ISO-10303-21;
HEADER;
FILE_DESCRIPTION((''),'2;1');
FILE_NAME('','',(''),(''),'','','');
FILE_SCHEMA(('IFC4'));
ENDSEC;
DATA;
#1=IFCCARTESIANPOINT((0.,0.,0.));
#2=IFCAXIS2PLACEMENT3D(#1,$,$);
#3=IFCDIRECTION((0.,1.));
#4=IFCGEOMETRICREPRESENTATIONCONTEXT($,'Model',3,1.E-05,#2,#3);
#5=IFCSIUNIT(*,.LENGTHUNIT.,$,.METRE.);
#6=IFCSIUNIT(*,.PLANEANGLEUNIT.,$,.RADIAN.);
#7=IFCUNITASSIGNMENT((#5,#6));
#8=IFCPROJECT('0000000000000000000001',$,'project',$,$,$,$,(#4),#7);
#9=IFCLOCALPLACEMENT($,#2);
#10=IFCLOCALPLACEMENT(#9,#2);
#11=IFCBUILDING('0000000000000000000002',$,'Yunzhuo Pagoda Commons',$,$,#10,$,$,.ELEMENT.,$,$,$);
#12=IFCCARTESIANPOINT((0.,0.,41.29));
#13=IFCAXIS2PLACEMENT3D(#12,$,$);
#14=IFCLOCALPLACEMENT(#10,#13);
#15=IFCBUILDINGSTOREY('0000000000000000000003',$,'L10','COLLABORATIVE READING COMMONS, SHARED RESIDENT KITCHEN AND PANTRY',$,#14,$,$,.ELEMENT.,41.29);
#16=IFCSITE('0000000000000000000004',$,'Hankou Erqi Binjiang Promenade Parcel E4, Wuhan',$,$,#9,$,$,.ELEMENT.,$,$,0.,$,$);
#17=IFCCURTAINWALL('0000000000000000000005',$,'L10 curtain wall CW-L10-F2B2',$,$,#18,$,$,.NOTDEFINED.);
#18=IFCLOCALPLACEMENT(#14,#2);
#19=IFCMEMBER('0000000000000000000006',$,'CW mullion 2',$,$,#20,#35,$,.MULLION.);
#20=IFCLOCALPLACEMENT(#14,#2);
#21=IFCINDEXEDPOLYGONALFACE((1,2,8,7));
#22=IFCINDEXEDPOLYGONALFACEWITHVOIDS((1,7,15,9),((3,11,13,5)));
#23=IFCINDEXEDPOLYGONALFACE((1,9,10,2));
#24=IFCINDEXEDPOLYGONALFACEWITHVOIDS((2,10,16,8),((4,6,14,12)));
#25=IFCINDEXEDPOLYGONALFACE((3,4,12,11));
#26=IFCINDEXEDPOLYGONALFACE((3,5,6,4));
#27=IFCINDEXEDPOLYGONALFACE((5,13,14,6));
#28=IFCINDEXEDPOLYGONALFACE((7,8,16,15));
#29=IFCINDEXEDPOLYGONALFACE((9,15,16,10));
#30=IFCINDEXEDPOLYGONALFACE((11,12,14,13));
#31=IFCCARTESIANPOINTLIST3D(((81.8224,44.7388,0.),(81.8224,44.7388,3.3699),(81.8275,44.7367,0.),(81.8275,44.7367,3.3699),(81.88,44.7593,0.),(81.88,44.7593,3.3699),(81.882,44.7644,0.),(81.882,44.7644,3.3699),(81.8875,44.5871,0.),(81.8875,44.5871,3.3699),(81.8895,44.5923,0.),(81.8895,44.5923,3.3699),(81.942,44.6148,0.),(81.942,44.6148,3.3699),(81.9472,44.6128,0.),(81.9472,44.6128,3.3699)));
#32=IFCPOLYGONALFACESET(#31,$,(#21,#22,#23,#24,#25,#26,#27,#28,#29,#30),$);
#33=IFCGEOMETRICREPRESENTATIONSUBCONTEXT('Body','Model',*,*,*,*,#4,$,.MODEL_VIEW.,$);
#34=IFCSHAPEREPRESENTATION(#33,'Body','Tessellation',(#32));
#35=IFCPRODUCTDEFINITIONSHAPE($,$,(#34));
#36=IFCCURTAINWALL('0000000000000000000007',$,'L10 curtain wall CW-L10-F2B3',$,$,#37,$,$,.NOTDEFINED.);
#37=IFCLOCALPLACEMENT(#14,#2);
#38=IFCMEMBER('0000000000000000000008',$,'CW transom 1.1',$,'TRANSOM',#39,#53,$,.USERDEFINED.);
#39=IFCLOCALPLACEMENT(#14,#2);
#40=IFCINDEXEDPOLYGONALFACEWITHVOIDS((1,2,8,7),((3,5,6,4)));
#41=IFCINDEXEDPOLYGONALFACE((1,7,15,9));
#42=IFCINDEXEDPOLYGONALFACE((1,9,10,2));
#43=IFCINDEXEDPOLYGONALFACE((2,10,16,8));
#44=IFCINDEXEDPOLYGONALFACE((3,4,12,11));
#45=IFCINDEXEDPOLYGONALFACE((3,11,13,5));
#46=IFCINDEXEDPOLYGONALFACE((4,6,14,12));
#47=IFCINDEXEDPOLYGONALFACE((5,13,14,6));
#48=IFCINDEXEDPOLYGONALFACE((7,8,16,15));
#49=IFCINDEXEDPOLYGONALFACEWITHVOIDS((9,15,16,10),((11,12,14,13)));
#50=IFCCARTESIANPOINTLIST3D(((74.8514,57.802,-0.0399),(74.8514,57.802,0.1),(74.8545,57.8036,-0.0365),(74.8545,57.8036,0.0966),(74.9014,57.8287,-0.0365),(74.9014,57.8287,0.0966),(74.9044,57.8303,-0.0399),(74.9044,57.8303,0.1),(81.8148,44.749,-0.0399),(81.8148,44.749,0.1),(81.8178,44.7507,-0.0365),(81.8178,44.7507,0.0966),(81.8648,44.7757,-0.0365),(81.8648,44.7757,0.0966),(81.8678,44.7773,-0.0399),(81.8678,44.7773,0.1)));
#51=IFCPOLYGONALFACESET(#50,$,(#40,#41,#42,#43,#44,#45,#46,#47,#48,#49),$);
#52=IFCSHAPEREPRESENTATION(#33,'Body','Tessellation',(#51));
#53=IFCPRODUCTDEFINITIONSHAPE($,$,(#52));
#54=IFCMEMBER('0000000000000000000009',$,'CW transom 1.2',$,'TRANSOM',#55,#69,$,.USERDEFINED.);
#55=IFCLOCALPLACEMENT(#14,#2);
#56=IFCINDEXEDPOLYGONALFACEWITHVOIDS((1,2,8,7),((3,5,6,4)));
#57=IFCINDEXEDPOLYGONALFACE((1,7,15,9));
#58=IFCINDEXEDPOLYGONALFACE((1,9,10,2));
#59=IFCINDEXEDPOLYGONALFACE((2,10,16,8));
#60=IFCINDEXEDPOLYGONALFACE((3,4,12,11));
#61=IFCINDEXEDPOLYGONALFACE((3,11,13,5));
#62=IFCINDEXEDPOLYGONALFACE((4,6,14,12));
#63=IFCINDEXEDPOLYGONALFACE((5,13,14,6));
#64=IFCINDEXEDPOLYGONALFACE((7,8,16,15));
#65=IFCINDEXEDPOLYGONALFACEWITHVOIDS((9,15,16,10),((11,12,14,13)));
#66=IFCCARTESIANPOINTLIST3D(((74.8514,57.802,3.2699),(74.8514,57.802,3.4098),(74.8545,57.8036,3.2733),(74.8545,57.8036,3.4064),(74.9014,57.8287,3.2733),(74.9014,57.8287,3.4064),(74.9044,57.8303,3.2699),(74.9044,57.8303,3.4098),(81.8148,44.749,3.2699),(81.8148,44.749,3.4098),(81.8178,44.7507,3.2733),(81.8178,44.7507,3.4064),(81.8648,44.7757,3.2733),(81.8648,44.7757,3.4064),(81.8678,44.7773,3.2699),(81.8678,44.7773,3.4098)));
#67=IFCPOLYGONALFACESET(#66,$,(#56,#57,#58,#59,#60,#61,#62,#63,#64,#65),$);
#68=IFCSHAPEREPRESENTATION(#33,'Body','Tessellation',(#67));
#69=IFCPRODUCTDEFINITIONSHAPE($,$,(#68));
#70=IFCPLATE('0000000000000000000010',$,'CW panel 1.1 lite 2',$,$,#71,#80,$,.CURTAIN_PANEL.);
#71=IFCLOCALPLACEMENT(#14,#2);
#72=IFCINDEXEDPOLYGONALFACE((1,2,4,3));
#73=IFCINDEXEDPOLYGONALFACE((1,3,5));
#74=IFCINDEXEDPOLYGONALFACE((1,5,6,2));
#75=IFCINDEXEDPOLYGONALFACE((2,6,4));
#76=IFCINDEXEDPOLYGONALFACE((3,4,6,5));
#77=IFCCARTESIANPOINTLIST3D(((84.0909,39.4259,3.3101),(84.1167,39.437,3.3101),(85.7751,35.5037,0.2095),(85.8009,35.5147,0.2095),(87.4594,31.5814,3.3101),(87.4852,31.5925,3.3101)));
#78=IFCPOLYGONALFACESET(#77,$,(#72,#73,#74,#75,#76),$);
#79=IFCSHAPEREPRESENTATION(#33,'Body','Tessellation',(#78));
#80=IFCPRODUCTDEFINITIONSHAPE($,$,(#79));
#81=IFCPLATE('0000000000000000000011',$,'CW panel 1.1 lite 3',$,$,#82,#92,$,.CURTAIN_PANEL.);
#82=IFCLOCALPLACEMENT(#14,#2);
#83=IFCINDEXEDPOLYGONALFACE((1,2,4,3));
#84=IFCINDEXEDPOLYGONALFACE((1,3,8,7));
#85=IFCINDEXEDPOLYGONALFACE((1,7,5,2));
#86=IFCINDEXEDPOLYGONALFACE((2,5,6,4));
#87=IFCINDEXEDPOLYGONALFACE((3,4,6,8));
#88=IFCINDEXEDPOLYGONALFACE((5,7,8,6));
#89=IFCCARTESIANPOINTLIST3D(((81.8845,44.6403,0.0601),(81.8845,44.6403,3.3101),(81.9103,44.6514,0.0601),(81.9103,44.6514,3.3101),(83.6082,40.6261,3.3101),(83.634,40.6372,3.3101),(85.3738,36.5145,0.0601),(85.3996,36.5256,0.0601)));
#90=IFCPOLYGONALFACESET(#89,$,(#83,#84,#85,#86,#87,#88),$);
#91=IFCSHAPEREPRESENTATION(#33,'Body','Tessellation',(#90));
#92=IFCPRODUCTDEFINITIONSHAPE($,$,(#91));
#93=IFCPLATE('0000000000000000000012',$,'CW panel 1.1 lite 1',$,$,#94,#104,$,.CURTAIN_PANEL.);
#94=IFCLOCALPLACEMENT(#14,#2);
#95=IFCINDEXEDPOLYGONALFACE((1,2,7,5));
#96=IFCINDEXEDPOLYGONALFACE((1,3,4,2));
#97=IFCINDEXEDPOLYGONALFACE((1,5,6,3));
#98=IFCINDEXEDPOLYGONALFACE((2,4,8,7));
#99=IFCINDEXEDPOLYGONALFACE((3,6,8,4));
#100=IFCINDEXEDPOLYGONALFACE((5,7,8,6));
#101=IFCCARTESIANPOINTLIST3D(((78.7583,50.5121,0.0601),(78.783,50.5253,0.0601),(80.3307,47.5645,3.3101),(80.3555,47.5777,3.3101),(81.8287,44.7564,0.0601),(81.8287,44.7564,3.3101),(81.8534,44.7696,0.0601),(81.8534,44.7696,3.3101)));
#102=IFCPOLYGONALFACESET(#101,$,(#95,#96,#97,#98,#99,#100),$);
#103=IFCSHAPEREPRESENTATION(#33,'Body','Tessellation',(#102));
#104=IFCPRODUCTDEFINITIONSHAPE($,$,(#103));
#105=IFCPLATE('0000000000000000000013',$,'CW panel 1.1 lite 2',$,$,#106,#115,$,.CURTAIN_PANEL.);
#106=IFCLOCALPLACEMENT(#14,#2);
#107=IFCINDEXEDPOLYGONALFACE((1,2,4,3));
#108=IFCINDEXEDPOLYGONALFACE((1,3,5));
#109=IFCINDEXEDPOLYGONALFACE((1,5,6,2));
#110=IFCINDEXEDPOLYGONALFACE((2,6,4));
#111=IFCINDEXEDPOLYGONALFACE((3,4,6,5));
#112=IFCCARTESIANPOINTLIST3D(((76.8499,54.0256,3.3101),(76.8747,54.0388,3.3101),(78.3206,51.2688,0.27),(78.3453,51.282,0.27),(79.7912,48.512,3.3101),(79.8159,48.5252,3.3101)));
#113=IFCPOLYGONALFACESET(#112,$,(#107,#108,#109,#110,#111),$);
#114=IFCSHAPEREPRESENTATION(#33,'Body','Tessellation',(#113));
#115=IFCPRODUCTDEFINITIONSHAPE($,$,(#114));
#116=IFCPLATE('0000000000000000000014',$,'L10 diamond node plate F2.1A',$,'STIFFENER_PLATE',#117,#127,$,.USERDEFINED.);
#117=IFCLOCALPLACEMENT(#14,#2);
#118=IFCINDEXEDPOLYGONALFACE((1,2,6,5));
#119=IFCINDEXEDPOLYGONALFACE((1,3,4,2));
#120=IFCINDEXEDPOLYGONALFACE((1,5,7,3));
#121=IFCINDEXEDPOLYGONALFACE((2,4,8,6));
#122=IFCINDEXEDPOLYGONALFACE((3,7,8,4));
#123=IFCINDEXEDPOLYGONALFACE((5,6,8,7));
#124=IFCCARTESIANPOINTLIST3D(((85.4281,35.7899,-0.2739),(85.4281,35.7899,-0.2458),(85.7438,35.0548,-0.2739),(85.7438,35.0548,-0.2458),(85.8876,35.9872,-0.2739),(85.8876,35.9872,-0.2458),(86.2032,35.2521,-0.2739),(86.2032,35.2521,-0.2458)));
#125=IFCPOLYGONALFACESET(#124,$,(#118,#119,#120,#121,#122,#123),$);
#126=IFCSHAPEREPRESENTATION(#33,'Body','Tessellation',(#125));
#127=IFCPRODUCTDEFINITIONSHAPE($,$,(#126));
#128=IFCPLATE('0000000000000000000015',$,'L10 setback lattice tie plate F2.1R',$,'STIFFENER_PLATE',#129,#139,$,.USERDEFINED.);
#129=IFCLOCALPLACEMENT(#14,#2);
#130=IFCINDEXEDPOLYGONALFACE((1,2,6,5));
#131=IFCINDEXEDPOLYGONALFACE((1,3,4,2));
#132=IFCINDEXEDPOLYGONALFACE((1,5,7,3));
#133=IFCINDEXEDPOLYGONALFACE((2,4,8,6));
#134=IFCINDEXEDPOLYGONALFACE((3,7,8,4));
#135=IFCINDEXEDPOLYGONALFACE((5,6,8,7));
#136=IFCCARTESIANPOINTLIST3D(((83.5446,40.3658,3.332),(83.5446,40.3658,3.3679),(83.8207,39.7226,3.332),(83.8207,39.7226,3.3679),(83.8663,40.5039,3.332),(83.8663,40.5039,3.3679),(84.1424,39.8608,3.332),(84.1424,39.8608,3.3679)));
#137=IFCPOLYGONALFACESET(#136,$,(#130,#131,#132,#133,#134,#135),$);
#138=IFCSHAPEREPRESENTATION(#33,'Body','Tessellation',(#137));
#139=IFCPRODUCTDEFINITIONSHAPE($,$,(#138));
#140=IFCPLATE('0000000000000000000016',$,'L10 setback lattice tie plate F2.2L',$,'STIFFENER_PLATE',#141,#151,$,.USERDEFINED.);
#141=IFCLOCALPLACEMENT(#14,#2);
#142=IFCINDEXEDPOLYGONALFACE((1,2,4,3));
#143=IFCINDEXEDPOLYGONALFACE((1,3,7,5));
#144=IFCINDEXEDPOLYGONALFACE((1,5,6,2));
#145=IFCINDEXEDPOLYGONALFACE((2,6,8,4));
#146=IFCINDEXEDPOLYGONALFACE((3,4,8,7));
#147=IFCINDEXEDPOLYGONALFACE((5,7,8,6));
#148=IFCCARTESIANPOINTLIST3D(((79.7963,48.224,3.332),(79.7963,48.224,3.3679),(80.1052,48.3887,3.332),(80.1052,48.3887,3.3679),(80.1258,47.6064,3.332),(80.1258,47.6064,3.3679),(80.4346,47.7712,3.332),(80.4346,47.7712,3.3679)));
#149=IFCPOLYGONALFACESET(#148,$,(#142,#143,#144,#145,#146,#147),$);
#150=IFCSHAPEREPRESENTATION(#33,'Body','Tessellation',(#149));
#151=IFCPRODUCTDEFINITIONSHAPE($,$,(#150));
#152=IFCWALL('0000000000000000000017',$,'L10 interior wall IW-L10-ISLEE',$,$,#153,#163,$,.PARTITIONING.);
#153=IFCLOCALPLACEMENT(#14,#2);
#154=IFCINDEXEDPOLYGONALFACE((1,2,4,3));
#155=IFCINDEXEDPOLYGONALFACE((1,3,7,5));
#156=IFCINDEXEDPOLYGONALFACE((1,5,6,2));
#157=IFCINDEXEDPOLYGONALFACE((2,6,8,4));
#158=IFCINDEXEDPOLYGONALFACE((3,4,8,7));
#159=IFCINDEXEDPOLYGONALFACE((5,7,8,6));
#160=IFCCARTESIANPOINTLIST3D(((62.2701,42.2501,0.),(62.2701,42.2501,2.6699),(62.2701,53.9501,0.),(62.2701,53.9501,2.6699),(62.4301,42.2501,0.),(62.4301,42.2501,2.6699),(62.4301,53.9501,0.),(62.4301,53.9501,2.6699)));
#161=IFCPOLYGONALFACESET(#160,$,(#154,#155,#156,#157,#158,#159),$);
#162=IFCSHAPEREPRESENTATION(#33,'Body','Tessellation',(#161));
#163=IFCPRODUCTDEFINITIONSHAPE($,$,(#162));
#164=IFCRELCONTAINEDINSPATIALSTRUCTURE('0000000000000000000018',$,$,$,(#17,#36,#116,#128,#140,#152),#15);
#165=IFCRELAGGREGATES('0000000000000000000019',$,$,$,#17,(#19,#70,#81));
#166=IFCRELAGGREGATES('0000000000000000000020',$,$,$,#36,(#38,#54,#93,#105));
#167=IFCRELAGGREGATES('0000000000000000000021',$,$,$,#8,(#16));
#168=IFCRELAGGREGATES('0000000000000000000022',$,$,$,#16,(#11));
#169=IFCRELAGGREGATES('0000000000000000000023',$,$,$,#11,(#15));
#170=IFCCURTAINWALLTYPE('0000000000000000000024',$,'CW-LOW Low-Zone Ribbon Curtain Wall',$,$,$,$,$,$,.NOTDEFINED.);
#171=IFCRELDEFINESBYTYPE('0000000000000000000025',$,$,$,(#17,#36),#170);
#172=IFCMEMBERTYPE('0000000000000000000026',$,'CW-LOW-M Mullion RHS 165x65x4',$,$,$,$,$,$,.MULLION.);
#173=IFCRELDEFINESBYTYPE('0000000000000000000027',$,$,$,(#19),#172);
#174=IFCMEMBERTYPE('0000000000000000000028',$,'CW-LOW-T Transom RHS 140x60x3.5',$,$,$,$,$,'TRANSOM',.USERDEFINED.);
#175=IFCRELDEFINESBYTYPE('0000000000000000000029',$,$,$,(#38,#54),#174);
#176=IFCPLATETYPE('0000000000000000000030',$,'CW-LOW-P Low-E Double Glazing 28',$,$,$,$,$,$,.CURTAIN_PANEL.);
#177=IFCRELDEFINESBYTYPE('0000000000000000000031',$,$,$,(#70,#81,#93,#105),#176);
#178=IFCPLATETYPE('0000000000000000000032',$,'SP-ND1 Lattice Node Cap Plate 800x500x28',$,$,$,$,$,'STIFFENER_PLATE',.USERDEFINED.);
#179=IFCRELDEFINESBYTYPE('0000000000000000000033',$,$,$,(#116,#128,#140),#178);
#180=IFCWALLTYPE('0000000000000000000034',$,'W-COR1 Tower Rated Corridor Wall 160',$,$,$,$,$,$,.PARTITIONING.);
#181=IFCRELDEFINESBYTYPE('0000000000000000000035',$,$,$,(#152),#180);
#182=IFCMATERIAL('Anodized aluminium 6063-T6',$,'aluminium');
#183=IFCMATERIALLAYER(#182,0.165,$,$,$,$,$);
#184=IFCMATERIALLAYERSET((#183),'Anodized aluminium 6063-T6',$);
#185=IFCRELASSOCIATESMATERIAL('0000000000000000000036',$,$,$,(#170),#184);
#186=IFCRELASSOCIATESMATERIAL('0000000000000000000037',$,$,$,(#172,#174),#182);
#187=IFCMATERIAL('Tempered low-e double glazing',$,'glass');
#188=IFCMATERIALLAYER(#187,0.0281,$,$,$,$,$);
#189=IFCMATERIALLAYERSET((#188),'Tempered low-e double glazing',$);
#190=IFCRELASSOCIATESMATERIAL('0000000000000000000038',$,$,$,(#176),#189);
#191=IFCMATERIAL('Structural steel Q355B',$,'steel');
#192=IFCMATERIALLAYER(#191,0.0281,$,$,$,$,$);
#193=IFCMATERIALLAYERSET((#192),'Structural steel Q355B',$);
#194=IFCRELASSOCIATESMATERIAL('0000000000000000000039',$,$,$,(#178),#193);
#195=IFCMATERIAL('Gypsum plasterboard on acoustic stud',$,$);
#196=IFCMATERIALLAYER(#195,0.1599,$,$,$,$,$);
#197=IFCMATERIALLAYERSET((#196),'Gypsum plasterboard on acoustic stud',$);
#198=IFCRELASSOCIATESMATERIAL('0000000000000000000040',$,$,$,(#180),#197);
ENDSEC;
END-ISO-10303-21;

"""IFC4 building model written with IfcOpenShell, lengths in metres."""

from ifc_helpers import new_model, si_unit, direction, frame, frame_2d, origin, origin_2d, place, context, subcontext, project, spatial, polyline, rectangle, hollow_rectangle, outline, extrude, source, transform, mapped, material, layer, layer_set, material_profile, profile_set, type_object, element, aggregate, save


model = new_model("IFC4")

# Units and contexts
model_context = context("Model", 3, precision=1e-05, world=origin(), true_north=direction((0.0, 1.0)))
body_context = subcontext(model_context, "Body", "Model", "MODEL_VIEW")
ifc_project = project(units=[si_unit("LENGTHUNIT", "METRE"), si_unit("PLANEANGLEUNIT", "RADIAN")], contexts=[model_context])

# Site, building, storey
site_placement = place(None, origin())
site = spatial("IfcSite", under=ifc_project, at=site_placement, Name="Hankou Erqi Binjiang Promenade Parcel E4, Wuhan", CompositionType="ELEMENT", RefElevation=0.0)
building_placement = place(site_placement, origin())
building = spatial("IfcBuilding", under=site, at=building_placement, Name="Yunzhuo Pagoda Commons", CompositionType="ELEMENT")
storey_placement = place(building_placement, frame((0.0, 0.0, 41.29)))
storey = spatial("IfcBuildingStorey", under=building, at=storey_placement, Name="L10", Description="COLLABORATIVE READING COMMONS, SHARED RESIDENT KITCHEN AND PANTRY", CompositionType="ELEMENT", Elevation=41.29)

# Shared definitions
ifc_material_1 = material(Name="Structural steel Q355B", Category="steel")

# Curtain wall, member
ifc_material_2 = material(Name="Anodized aluminium 6063-T6", Category="aluminium")
ifc_layer_1 = layer(ifc_material_2, 0.165)
ifc_layer_set_1 = layer_set([ifc_layer_1], Name="Anodized aluminium 6063-T6")
curtain_wall_type = type_object("IfcCurtainWallType", Name="CW-LOW Low-Zone Ribbon Curtain Wall", PredefinedType="NOTDEFINED", material=ifc_layer_set_1)
curtain_wall_1_placement = place(storey_placement, origin())
curtain_wall_1 = element("IfcCurtainWall", 1, at=curtain_wall_1_placement, inside=storey, type_object=curtain_wall_type, Name="L10 curtain wall CW-L10-F2B2", PredefinedType="NOTDEFINED")
ifc_material_profile_1 = material_profile(ifc_material_2, hollow_rectangle(XDim=0.0649, YDim=0.165, WallThickness=0.0039, at=origin_2d()), Name="Anodized aluminium 6063-T6")
ifc_profile_set_1 = profile_set([ifc_material_profile_1], Name="Anodized aluminium 6063-T6")
member_type_1 = type_object("IfcMemberType", Name="CW-LOW-M Mullion RHS 165x65x4", PredefinedType="MULLION", material=ifc_profile_set_1)
shared_shape_1 = source(origin(), body_context, "Body", "SweptSolid", [
    extrude(hollow_rectangle(XDim=0.0649, YDim=0.165, WallThickness=0.0039, at=origin_2d()), origin(), (0.0, 0.0, 1.0), 3.3699),
])
member_1_placement = place(storey_placement, frame((81.8848, 44.6758, 0.0), z_axis=(0.0, 0.0, 1.0), x_axis=(-0.918866, -0.394571, 0.0)))
member_1 = element("IfcMember", 2, at=member_1_placement, type_object=member_type_1, Name="CW mullion 2", PredefinedType="MULLION", context=body_context, shape_type="MappedRepresentation", body=[
    mapped(shared_shape_1, transform((0.0, 0.0, 0.0), scale=1.0)),
])

# Curtain wall, members
curtain_wall_2_placement = place(storey_placement, origin())
curtain_wall_2 = element("IfcCurtainWall", 3, at=curtain_wall_2_placement, inside=storey, type_object=curtain_wall_type, Name="L10 curtain wall CW-L10-F2B3", PredefinedType="NOTDEFINED")
ifc_material_profile_2 = material_profile(ifc_material_2, hollow_rectangle(XDim=0.0601, YDim=0.1399, WallThickness=0.0034, at=origin_2d()), Name="Anodized aluminium 6063-T6")
ifc_profile_set_2 = profile_set([ifc_material_profile_2], Name="Anodized aluminium 6063-T6")
member_type_2 = type_object("IfcMemberType", Name="CW-LOW-T Transom RHS 140x60x3.5", ElementType="TRANSOM", PredefinedType="USERDEFINED", material=ifc_profile_set_2)
shared_shape_2 = source(origin(), body_context, "Body", "SweptSolid", [
    extrude(hollow_rectangle(XDim=0.0601, YDim=0.1399, WallThickness=0.0034, at=origin_2d()), origin(), (0.0, 0.0, 1.0), 14.7942),
])
member_2_placement = place(storey_placement, frame((81.8413, 44.7632, 0.03), z_axis=(-0.470682, 0.882303, 0.0), x_axis=(-0.882303, -0.470682, 0.0)))
member_2 = element("IfcMember", 4, at=member_2_placement, type_object=member_type_2, Name="CW transom 1.1", ObjectType="TRANSOM", PredefinedType="USERDEFINED", context=body_context, shape_type="MappedRepresentation", body=[
    mapped(shared_shape_2, transform((0.0, 0.0, 0.0), scale=1.0)),
])
member_3_placement = place(storey_placement, frame((81.8413, 44.7632, 3.3398), z_axis=(-0.470682, 0.882303, 0.0), x_axis=(-0.882303, -0.470682, 0.0)))
member_3 = element("IfcMember", 5, at=member_3_placement, type_object=member_type_2, Name="CW transom 1.2", ObjectType="TRANSOM", PredefinedType="USERDEFINED", context=body_context, shape_type="MappedRepresentation", body=[
    mapped(shared_shape_2, transform((0.0, 0.0, 0.0), scale=1.0)),
])

# Plates
ifc_material_3 = material(Name="Tempered low-e double glazing", Category="glass")
ifc_layer_2 = layer(ifc_material_3, 0.0281)
ifc_layer_set_2 = layer_set([ifc_layer_2], Name="Tempered low-e double glazing")
plate_type_1 = type_object("IfcPlateType", Name="CW-LOW-P Low-E Double Glazing 28", PredefinedType="CURTAIN_PANEL", material=ifc_layer_set_2)
plate_1_placement = place(storey_placement, frame((85.7751, 35.5037, 1.7598), z_axis=(0.918866, 0.394571, 0.0), x_axis=(-0.394571, 0.918866, 0.0)))
plate_1 = element("IfcPlate", 6, at=plate_1_placement, type_object=plate_type_1, Name="CW panel 1.1 lite 2", PredefinedType="CURTAIN_PANEL", context=body_context, shape_type="SweptSolid", body=[
    extrude(outline(polyline([(-4.2686, 1.5503), (0.0, -1.5503), (4.2686, 1.5503), (-4.2686, 1.5503)])), origin(), (0.0, 0.0, 1.0), 0.0281),
])
plate_2_placement = place(storey_placement, frame((83.6292, 40.5774, 1.6851), z_axis=(0.918866, 0.394571, 0.0), x_axis=(-0.394571, 0.918866, 0.0)))
plate_2 = element("IfcPlate", 7, at=plate_2_placement, type_object=plate_type_1, Name="CW panel 1.1 lite 3", PredefinedType="CURTAIN_PANEL", context=body_context, shape_type="SweptSolid", body=[
    extrude(outline(polyline([(-4.4216, -1.625), (4.4216, -1.625), (4.4216, 1.625), (0.053, 1.625), (-4.4216, -1.625)])), origin(), (0.0, 0.0, 1.0), 0.0281),
])
aggregate(curtain_wall_1, [member_1, plate_1, plate_2])
plate_3_placement = place(storey_placement, frame((80.2935, 47.6343, 1.6851), z_axis=(0.882309, 0.47067, 0.0), x_axis=(-0.47067, 0.882309, 0.0)))
plate_3 = element("IfcPlate", 8, at=plate_3_placement, type_object=plate_type_1, Name="CW panel 1.1 lite 1", PredefinedType="CURTAIN_PANEL", context=body_context, shape_type="SweptSolid", body=[
    extrude(outline(polyline([(-3.2617, -1.625), (3.2617, -1.625), (-0.0791, 1.625), (-3.2617, 1.625), (-3.2617, -1.625)])), origin(), (0.0, 0.0, 1.0), 0.0281),
])
plate_4_placement = place(storey_placement, frame((78.3206, 51.2688, 1.79), z_axis=(0.882309, 0.47067, 0.0), x_axis=(-0.47067, 0.882309, 0.0)))
plate_4 = element("IfcPlate", 9, at=plate_4_placement, type_object=plate_type_1, Name="CW panel 1.1 lite 2", PredefinedType="CURTAIN_PANEL", context=body_context, shape_type="SweptSolid", body=[
    extrude(outline(polyline([(-3.1245, 1.52), (0.0, -1.52), (3.1245, 1.52), (-3.1245, 1.52)])), origin(), (0.0, 0.0, 1.0), 0.0281),
])
aggregate(curtain_wall_2, [member_2, member_3, plate_3, plate_4])

# Plates
ifc_layer_3 = layer(ifc_material_1, 0.0281)
ifc_layer_set_3 = layer_set([ifc_layer_3], Name="Structural steel Q355B")
plate_type_2 = type_object("IfcPlateType", Name="SP-ND1 Lattice Node Cap Plate 800x500x28", ElementType="STIFFENER_PLATE", PredefinedType="USERDEFINED", material=ifc_layer_set_3)
shared_shape_3 = source(origin(), body_context, "Body", "SweptSolid", [
    extrude(rectangle(XDim=0.8, YDim=0.5, at=origin_2d()), origin(), (0.0, 0.0, 1.0), 0.0281),
])
plate_5_placement = place(storey_placement, frame((85.8157, 35.521, -0.2739), z_axis=(0.0, 0.0, 1.0), x_axis=(-0.394567, 0.918867, 0.0)))
element("IfcPlate", 10, at=plate_5_placement, inside=storey, type_object=plate_type_2, Name="L10 diamond node plate F2.1A", ObjectType="STIFFENER_PLATE", PredefinedType="USERDEFINED", context=body_context, shape_type="MappedRepresentation", body=[
    mapped(shared_shape_3, transform((0.0, 0.0, 0.0), scale=1.0)),
])
shared_shape_4 = source(origin(), body_context, "Body", "SweptSolid", [
    extrude(rectangle(XDim=0.7, YDim=0.3501, at=origin_2d()), origin(), (0.0, 0.0, 1.0), 0.0359),
])
for number, where, z_axis, x_axis, name in (
    (11, (83.8435, 40.1133, 3.332), (0.0, 0.0, 1.0), (-0.394567, 0.918867, 0.0), "L10 setback lattice tie plate F2.1R"),
    (12, (80.1155, 47.9976, 3.332), (0.0, 0.0, 1.0), (-0.470673, 0.882308, 0.0), "L10 setback lattice tie plate F2.2L"),
):
    element("IfcPlate", number, at=place(storey_placement, frame(where, z_axis=z_axis, x_axis=x_axis)), inside=storey, type_object=plate_type_2, Name=name, ObjectType="STIFFENER_PLATE", PredefinedType="USERDEFINED", context=body_context, shape_type="MappedRepresentation", body=[
        mapped(shared_shape_4, transform((0.0, 0.0, 0.0), scale=1.0)),
    ])

# Wall
ifc_material_4 = material(Name="Gypsum plasterboard on acoustic stud")
ifc_layer_4 = layer(ifc_material_4, 0.1599)
ifc_layer_set_4 = layer_set([ifc_layer_4], Name="Gypsum plasterboard on acoustic stud")
wall_type_1 = type_object("IfcWallType", Name="W-COR1 Tower Rated Corridor Wall 160", PredefinedType="PARTITIONING", material=ifc_layer_set_4)
wall_1_placement = place(storey_placement, frame((62.3501, 42.25, 0.0), z_axis=(0.0, 0.0, 1.0), x_axis=(0.0, 1.0, 0.0)))
element("IfcWall", 13, at=wall_1_placement, inside=storey, type_object=wall_type_1, Name="L10 interior wall IW-L10-ISLEE", PredefinedType="PARTITIONING", context=body_context, shape_type="SweptSolid", body=[
    extrude(rectangle(XDim=11.7, YDim=0.1599, at=frame_2d((5.8501, 0.0))), origin(), (0.0, 0.0, 1.0), 2.6699),
])

save(model, "model.ifc")
